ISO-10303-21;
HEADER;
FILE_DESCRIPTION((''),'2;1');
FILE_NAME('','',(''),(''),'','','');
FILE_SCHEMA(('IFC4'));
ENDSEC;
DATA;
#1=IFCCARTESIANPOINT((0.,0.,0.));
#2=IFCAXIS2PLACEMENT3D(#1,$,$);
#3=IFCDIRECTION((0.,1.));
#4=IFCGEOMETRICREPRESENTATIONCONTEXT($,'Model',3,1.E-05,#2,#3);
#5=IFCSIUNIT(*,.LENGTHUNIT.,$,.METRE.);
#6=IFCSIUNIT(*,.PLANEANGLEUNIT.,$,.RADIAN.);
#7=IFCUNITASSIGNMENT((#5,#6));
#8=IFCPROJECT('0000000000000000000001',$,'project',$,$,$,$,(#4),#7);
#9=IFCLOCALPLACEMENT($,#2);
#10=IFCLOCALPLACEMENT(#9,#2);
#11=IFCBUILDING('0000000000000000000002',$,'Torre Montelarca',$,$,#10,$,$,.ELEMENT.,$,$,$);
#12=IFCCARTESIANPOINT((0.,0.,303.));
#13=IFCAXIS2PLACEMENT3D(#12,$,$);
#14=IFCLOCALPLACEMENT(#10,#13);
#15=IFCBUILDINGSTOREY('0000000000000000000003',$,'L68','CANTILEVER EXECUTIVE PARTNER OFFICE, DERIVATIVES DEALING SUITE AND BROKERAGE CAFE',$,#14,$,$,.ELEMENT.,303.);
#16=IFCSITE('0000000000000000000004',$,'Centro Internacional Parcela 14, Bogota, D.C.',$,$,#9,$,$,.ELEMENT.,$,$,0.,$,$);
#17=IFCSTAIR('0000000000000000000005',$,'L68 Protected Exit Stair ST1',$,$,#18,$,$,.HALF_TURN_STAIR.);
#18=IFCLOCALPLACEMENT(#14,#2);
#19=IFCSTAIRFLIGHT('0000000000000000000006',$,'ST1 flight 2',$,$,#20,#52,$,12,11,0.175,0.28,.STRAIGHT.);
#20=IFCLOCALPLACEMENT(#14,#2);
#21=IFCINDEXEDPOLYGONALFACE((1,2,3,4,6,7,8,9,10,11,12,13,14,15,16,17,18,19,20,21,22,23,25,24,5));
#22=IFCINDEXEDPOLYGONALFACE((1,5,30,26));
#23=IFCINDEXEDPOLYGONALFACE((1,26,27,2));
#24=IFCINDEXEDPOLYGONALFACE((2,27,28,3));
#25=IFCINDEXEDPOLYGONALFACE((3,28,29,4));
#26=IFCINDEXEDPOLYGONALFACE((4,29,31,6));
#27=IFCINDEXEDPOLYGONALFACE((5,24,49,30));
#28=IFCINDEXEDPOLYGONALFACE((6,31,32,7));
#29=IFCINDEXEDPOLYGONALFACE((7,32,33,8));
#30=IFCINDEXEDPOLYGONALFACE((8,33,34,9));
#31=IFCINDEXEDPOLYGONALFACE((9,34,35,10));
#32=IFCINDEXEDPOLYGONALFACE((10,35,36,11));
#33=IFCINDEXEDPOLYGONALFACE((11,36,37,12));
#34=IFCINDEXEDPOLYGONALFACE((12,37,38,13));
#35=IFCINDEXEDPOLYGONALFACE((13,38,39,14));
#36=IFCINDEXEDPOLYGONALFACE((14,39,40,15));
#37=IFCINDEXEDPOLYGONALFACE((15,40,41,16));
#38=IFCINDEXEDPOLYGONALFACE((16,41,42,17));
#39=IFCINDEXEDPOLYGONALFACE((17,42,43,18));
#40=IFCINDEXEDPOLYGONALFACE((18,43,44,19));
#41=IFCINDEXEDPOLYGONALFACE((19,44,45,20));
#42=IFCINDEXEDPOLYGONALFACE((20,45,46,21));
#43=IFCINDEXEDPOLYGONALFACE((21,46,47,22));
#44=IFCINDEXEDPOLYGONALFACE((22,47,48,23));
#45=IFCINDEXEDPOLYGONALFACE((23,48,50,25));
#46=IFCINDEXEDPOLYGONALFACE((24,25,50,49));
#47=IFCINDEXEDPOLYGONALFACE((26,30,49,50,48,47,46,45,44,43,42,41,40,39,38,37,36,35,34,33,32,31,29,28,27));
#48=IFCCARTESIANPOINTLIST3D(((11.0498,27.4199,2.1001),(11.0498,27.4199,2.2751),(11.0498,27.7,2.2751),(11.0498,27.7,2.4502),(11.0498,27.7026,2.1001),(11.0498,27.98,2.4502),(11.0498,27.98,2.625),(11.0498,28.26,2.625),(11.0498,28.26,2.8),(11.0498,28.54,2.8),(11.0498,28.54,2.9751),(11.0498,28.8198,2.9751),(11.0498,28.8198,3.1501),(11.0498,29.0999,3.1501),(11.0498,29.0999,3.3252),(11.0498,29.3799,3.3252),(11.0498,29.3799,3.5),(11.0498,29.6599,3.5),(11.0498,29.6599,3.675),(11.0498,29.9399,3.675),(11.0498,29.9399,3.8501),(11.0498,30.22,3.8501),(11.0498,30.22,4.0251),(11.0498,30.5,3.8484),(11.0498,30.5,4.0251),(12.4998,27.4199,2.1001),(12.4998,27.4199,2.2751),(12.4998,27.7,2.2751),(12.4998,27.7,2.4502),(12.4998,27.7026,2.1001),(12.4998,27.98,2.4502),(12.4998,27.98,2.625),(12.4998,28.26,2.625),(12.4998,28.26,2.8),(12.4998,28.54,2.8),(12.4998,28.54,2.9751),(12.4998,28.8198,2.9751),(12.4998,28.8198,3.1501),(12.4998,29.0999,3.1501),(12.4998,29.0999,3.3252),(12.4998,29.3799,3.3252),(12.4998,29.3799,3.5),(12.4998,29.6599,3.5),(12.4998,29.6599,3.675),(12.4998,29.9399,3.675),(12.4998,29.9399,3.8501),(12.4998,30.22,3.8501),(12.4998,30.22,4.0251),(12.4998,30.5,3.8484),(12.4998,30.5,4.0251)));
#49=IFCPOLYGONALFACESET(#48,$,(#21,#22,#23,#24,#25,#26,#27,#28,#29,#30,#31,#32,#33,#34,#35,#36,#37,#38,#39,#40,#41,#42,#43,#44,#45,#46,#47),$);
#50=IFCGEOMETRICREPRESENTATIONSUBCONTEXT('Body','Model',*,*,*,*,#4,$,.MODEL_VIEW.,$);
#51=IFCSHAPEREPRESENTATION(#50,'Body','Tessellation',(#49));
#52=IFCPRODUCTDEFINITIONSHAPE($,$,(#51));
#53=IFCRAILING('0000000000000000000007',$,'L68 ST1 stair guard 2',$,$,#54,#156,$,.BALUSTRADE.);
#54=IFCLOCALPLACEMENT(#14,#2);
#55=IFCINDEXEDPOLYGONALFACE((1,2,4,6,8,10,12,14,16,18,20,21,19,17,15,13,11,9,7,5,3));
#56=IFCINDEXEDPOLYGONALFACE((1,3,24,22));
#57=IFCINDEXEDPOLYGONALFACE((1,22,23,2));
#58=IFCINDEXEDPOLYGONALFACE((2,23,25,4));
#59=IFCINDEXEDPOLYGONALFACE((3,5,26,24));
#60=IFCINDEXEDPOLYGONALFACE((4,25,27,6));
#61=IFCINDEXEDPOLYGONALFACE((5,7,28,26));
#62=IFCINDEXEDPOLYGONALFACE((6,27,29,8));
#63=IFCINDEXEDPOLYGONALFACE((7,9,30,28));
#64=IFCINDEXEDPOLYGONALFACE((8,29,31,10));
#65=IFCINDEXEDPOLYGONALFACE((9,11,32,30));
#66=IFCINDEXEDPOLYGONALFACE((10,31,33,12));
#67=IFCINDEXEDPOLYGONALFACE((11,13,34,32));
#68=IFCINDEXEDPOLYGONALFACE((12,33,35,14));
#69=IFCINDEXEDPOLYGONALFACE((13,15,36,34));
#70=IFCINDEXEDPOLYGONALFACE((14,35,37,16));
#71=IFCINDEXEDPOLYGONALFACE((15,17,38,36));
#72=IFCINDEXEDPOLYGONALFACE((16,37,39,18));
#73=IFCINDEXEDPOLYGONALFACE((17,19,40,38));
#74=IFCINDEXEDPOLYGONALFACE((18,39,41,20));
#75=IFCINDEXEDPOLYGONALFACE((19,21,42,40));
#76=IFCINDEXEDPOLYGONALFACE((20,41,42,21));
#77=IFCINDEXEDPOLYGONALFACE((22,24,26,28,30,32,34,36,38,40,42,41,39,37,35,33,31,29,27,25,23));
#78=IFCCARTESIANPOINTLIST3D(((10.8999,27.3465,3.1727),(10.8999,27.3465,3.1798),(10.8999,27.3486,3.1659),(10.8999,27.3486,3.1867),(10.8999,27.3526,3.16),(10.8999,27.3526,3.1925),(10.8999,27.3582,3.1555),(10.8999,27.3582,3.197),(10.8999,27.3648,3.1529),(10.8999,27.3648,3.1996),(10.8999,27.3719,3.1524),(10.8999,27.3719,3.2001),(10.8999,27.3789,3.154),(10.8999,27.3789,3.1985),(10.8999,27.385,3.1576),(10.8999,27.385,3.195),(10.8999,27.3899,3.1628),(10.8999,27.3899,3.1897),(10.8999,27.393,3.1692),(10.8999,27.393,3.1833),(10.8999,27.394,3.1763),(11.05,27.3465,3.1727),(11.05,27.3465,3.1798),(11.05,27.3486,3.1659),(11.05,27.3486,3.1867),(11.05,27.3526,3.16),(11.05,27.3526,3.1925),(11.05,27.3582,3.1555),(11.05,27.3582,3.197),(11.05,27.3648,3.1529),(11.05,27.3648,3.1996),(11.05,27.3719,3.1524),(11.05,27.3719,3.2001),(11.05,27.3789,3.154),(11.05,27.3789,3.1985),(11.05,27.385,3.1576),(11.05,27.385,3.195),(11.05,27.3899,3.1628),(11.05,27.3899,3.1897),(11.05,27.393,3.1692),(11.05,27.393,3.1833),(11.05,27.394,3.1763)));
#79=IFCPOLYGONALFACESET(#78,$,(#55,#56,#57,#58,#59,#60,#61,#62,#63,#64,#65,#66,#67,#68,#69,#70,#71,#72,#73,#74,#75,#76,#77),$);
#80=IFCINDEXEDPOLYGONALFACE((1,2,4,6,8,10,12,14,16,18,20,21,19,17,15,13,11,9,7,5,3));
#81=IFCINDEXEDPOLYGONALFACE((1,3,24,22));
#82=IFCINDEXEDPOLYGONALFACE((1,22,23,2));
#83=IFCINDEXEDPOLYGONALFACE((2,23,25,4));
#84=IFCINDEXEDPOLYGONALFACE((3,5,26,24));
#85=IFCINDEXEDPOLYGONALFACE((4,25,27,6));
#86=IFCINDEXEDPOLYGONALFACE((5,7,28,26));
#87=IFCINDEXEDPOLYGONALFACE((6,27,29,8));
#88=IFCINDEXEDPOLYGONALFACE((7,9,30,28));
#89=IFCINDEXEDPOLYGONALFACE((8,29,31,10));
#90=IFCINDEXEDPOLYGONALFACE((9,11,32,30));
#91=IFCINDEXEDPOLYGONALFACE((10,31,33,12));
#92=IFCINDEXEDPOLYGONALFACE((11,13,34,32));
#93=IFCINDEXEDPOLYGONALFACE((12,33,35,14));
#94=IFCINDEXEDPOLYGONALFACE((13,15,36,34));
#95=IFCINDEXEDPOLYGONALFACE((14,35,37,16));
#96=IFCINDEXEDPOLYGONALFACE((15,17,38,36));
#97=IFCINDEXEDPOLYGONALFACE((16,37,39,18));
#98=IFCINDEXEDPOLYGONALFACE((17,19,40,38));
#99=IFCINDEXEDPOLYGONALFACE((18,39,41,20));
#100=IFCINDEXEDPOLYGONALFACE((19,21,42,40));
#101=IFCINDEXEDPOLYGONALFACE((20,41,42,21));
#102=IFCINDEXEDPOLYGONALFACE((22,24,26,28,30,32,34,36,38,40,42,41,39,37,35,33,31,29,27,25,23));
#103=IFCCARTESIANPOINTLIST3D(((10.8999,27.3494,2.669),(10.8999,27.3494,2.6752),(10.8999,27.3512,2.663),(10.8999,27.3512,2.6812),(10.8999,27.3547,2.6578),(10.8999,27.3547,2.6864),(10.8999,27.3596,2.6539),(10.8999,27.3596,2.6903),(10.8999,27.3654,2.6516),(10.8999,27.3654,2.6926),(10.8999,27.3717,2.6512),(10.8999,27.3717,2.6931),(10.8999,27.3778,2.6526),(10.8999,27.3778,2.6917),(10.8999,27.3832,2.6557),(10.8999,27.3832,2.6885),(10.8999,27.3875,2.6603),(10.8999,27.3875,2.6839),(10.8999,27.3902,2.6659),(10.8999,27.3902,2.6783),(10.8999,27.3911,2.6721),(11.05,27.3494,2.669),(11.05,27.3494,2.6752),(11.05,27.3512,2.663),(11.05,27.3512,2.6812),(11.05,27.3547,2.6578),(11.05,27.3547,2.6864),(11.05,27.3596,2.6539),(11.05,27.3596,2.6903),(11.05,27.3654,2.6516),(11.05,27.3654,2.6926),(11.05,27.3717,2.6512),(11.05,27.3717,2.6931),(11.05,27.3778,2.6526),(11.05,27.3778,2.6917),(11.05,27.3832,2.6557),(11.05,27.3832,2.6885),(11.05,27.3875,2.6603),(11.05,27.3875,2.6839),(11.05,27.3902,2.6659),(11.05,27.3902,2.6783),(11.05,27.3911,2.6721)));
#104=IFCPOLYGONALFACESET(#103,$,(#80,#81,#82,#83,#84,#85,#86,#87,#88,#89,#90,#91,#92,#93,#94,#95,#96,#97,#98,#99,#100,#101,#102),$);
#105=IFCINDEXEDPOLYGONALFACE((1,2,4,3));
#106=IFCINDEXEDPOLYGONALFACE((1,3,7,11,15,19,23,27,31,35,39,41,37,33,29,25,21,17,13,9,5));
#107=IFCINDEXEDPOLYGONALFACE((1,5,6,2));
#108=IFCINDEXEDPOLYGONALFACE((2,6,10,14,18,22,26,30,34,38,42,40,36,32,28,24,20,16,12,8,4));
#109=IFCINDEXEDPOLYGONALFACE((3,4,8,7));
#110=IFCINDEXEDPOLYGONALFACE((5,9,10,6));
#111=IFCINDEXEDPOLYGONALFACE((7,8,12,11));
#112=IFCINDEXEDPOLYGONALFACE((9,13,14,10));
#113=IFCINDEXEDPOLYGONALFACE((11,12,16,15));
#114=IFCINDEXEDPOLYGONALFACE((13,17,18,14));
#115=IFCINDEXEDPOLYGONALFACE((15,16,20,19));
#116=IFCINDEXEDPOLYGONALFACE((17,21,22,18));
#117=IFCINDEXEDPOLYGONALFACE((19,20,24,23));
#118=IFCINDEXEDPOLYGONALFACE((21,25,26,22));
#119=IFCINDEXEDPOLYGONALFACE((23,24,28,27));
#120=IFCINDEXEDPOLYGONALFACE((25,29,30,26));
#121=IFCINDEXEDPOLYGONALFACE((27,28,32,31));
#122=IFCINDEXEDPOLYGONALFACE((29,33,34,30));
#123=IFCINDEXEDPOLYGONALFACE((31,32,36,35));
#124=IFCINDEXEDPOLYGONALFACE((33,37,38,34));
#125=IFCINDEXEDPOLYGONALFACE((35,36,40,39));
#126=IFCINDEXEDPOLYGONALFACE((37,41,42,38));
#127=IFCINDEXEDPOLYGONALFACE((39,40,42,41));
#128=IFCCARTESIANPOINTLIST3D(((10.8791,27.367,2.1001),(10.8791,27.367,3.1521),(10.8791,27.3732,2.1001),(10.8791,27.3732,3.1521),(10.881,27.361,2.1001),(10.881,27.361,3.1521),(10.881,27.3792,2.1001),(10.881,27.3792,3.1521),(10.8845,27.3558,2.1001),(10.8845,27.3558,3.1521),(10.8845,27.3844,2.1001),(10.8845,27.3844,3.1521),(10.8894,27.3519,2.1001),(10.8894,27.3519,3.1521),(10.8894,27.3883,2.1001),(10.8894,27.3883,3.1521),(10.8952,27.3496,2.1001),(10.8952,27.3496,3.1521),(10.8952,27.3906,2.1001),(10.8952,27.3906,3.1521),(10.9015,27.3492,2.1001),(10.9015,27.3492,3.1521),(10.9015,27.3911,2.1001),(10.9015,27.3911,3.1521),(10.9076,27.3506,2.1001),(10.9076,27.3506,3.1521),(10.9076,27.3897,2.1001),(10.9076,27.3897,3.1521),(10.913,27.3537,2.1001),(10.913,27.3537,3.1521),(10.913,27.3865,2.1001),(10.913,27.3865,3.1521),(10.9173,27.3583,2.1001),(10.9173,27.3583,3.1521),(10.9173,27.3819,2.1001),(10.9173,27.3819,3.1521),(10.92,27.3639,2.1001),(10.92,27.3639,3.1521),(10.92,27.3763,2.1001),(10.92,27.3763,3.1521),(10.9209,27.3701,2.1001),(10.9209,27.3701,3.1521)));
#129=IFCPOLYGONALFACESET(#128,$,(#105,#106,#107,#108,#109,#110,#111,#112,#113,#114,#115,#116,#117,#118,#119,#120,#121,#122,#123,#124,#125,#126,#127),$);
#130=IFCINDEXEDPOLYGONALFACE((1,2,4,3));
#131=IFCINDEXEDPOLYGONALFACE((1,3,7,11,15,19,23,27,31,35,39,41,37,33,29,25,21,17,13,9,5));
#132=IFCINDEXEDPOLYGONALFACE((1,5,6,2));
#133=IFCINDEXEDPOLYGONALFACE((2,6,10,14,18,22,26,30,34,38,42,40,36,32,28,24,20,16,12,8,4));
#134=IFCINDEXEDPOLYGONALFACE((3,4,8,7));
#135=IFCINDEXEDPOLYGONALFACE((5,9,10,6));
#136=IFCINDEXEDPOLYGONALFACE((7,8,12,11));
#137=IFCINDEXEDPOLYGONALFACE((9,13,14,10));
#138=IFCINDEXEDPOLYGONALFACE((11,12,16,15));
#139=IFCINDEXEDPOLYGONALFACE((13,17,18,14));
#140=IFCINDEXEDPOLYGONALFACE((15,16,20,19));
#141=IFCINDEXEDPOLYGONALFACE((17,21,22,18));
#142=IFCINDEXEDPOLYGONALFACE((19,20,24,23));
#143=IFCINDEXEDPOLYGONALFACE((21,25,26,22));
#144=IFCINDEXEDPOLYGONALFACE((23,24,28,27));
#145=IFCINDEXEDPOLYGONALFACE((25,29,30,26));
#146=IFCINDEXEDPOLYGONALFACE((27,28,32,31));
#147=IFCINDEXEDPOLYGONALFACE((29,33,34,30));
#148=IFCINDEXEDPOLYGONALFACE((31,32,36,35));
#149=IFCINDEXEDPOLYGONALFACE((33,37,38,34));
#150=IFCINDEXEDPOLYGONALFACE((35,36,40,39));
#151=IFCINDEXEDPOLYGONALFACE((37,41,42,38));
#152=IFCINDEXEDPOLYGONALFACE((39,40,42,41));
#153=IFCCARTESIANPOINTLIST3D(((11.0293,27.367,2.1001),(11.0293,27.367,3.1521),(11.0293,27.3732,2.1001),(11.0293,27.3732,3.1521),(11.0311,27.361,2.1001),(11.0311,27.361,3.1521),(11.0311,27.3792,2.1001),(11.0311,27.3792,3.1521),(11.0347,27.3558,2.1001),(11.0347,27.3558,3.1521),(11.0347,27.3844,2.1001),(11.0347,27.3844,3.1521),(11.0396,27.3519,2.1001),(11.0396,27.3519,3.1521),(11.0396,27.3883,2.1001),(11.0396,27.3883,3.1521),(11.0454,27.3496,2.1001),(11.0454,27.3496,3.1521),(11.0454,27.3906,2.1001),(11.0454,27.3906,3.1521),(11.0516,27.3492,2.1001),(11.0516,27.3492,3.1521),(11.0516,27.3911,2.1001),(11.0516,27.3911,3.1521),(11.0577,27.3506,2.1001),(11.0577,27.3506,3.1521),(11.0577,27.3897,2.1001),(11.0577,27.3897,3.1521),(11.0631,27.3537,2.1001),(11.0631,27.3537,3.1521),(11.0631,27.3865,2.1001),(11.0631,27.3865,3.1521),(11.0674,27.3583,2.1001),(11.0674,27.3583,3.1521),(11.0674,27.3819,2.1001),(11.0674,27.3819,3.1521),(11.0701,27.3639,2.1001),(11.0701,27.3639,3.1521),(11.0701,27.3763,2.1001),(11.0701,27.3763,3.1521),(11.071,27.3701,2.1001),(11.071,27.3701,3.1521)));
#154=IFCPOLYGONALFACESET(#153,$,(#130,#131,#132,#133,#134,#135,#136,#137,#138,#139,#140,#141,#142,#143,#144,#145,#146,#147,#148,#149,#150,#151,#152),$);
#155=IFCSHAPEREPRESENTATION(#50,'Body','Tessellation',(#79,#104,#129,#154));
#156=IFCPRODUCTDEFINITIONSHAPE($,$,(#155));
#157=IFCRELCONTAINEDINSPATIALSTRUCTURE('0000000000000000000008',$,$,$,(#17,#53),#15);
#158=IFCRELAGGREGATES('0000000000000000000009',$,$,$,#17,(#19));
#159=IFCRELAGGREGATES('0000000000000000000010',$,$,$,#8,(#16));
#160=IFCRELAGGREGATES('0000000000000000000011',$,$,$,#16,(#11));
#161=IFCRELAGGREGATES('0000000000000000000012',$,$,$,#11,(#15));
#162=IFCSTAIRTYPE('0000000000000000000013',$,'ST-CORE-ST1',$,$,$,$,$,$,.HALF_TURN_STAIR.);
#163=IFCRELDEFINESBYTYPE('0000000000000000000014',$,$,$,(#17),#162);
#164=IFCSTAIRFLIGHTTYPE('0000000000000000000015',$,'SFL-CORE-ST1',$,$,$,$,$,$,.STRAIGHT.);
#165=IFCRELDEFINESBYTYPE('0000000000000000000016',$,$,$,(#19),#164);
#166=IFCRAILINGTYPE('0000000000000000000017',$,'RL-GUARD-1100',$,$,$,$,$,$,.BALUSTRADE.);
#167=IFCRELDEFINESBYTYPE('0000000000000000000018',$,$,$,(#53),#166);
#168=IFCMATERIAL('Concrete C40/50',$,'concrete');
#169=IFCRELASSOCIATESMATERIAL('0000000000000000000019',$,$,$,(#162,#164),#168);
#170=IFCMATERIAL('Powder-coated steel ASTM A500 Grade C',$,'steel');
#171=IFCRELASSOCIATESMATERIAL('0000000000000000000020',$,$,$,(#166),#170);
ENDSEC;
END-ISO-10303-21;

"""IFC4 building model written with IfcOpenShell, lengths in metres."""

from ifc_helpers import new_model, si_unit, direction, frame, origin, origin_2d, place, context, subcontext, project, spatial, polyline, circle, outline, extrude, material, type_object, element, aggregate, save


model = new_model("IFC4")

# Units and contexts
model_context = context("Model", 3, precision=1e-05, world=origin(), true_north=direction((0.0, 1.0)))
body_context = subcontext(model_context, "Body", "Model", "MODEL_VIEW")
ifc_project = project(units=[si_unit("LENGTHUNIT", "METRE"), si_unit("PLANEANGLEUNIT", "RADIAN")], contexts=[model_context])

# Site, building, storey
site_placement = place(None, origin())
site = spatial("IfcSite", under=ifc_project, at=site_placement, Name="Centro Internacional Parcela 14, Bogota, D.C.", CompositionType="ELEMENT", RefElevation=0.0)
building_placement = place(site_placement, origin())
building = spatial("IfcBuilding", under=site, at=building_placement, Name="Torre Montelarca", CompositionType="ELEMENT")
storey_placement = place(building_placement, frame((0.0, 0.0, 303.0)))
storey = spatial("IfcBuildingStorey", under=building, at=storey_placement, Name="L68", Description="CANTILEVER EXECUTIVE PARTNER OFFICE, DERIVATIVES DEALING SUITE AND BROKERAGE CAFE", CompositionType="ELEMENT", Elevation=303.0)

# Shared definitions
ifc_material_1 = material(Name="Concrete C40/50", Category="concrete")

# Stair, stair flight
stair_type = type_object("IfcStairType", Name="ST-CORE-ST1", PredefinedType="HALF_TURN_STAIR", material=ifc_material_1)
stair_placement = place(storey_placement, origin())
stair = element("IfcStair", 1, at=stair_placement, inside=storey, type_object=stair_type, Name="L68 Protected Exit Stair ST1", PredefinedType="HALF_TURN_STAIR")
stair_flight_type = type_object("IfcStairFlightType", Name="SFL-CORE-ST1", PredefinedType="STRAIGHT", material=ifc_material_1)
stair_flight_placement = place(storey_placement, frame((11.7749, 27.4199, 2.1001), z_axis=(0.0, 0.0, 1.0), x_axis=(0.0, 1.0, 0.0)))
stair_flight = element("IfcStairFlight", 2, at=stair_flight_placement, type_object=stair_flight_type, Name="ST1 flight 2", NumberOfRisers=12, NumberOfTreads=11, PredefinedType="STRAIGHT", RiserHeight=0.175, TreadLength=0.28, context=body_context, shape_type="SweptSolid", body=[
    extrude(outline(polyline([(0.0, 0.0), (0.0, 0.175), (0.28, 0.175), (0.28, 0.3501), (0.5601, 0.3501), (0.5601, 0.5249), (0.8401, 0.5249), (0.8401, 0.7), (1.1201, 0.7), (1.1201, 0.875), (1.3999, 0.875), (1.3999, 1.05), (1.6799, 1.05), (1.6799, 1.2251), (1.96, 1.2251), (1.96, 1.3999), (2.24, 1.3999), (2.24, 1.575), (2.52, 1.575), (2.52, 1.75), (2.8, 1.75), (2.8, 1.925), (3.0801, 1.925), (3.0801, 2.1001), (3.0801, 1.7483), (0.2827, 0.0), (0.0, 0.0)])), frame((0.0, 0.7251, 0.0), z_axis=(0.0, -1.0, 0.0), x_axis=(1.0, 0.0, 0.0)), (0.0, 0.0, 1.0), 1.45),
])
aggregate(stair, [stair_flight])

# Railing
ifc_material_2 = material(Name="Powder-coated steel ASTM A500 Grade C", Category="steel")
railing_type_1 = type_object("IfcRailingType", Name="RL-GUARD-1100", PredefinedType="BALUSTRADE", material=ifc_material_2)
railing_1_placement = place(storey_placement, frame((10.8999, 27.3701, 2.1001)))
element("IfcRailing", 3, at=railing_1_placement, inside=storey, type_object=railing_type_1, Name="L68 ST1 stair guard 2", PredefinedType="BALUSTRADE", context=body_context, shape_type="SweptSolid", body=[
    extrude(circle(Radius=0.0239, at=origin_2d()), frame((0.0, 0.0, 1.0762), z_axis=(1.0, 0.0, 0.0), x_axis=(0.0, 1.0, 0.0)), (0.0, 0.0, 1.0), 0.1501),
    extrude(circle(Radius=0.021, at=origin_2d()), frame((0.0, 0.0, 0.572), z_axis=(1.0, 0.0, 0.0), x_axis=(0.0, 1.0, 0.0)), (0.0, 0.0, 1.0), 0.1501),
    extrude(circle(Radius=0.021, at=origin_2d()), origin(), (0.0, 0.0, 1.0), 1.052),
    extrude(circle(Radius=0.021, at=origin_2d()), frame((0.1501, 0.0, 0.0)), (0.0, 0.0, 1.0), 1.052),
])

save(model, "model.ifc")
